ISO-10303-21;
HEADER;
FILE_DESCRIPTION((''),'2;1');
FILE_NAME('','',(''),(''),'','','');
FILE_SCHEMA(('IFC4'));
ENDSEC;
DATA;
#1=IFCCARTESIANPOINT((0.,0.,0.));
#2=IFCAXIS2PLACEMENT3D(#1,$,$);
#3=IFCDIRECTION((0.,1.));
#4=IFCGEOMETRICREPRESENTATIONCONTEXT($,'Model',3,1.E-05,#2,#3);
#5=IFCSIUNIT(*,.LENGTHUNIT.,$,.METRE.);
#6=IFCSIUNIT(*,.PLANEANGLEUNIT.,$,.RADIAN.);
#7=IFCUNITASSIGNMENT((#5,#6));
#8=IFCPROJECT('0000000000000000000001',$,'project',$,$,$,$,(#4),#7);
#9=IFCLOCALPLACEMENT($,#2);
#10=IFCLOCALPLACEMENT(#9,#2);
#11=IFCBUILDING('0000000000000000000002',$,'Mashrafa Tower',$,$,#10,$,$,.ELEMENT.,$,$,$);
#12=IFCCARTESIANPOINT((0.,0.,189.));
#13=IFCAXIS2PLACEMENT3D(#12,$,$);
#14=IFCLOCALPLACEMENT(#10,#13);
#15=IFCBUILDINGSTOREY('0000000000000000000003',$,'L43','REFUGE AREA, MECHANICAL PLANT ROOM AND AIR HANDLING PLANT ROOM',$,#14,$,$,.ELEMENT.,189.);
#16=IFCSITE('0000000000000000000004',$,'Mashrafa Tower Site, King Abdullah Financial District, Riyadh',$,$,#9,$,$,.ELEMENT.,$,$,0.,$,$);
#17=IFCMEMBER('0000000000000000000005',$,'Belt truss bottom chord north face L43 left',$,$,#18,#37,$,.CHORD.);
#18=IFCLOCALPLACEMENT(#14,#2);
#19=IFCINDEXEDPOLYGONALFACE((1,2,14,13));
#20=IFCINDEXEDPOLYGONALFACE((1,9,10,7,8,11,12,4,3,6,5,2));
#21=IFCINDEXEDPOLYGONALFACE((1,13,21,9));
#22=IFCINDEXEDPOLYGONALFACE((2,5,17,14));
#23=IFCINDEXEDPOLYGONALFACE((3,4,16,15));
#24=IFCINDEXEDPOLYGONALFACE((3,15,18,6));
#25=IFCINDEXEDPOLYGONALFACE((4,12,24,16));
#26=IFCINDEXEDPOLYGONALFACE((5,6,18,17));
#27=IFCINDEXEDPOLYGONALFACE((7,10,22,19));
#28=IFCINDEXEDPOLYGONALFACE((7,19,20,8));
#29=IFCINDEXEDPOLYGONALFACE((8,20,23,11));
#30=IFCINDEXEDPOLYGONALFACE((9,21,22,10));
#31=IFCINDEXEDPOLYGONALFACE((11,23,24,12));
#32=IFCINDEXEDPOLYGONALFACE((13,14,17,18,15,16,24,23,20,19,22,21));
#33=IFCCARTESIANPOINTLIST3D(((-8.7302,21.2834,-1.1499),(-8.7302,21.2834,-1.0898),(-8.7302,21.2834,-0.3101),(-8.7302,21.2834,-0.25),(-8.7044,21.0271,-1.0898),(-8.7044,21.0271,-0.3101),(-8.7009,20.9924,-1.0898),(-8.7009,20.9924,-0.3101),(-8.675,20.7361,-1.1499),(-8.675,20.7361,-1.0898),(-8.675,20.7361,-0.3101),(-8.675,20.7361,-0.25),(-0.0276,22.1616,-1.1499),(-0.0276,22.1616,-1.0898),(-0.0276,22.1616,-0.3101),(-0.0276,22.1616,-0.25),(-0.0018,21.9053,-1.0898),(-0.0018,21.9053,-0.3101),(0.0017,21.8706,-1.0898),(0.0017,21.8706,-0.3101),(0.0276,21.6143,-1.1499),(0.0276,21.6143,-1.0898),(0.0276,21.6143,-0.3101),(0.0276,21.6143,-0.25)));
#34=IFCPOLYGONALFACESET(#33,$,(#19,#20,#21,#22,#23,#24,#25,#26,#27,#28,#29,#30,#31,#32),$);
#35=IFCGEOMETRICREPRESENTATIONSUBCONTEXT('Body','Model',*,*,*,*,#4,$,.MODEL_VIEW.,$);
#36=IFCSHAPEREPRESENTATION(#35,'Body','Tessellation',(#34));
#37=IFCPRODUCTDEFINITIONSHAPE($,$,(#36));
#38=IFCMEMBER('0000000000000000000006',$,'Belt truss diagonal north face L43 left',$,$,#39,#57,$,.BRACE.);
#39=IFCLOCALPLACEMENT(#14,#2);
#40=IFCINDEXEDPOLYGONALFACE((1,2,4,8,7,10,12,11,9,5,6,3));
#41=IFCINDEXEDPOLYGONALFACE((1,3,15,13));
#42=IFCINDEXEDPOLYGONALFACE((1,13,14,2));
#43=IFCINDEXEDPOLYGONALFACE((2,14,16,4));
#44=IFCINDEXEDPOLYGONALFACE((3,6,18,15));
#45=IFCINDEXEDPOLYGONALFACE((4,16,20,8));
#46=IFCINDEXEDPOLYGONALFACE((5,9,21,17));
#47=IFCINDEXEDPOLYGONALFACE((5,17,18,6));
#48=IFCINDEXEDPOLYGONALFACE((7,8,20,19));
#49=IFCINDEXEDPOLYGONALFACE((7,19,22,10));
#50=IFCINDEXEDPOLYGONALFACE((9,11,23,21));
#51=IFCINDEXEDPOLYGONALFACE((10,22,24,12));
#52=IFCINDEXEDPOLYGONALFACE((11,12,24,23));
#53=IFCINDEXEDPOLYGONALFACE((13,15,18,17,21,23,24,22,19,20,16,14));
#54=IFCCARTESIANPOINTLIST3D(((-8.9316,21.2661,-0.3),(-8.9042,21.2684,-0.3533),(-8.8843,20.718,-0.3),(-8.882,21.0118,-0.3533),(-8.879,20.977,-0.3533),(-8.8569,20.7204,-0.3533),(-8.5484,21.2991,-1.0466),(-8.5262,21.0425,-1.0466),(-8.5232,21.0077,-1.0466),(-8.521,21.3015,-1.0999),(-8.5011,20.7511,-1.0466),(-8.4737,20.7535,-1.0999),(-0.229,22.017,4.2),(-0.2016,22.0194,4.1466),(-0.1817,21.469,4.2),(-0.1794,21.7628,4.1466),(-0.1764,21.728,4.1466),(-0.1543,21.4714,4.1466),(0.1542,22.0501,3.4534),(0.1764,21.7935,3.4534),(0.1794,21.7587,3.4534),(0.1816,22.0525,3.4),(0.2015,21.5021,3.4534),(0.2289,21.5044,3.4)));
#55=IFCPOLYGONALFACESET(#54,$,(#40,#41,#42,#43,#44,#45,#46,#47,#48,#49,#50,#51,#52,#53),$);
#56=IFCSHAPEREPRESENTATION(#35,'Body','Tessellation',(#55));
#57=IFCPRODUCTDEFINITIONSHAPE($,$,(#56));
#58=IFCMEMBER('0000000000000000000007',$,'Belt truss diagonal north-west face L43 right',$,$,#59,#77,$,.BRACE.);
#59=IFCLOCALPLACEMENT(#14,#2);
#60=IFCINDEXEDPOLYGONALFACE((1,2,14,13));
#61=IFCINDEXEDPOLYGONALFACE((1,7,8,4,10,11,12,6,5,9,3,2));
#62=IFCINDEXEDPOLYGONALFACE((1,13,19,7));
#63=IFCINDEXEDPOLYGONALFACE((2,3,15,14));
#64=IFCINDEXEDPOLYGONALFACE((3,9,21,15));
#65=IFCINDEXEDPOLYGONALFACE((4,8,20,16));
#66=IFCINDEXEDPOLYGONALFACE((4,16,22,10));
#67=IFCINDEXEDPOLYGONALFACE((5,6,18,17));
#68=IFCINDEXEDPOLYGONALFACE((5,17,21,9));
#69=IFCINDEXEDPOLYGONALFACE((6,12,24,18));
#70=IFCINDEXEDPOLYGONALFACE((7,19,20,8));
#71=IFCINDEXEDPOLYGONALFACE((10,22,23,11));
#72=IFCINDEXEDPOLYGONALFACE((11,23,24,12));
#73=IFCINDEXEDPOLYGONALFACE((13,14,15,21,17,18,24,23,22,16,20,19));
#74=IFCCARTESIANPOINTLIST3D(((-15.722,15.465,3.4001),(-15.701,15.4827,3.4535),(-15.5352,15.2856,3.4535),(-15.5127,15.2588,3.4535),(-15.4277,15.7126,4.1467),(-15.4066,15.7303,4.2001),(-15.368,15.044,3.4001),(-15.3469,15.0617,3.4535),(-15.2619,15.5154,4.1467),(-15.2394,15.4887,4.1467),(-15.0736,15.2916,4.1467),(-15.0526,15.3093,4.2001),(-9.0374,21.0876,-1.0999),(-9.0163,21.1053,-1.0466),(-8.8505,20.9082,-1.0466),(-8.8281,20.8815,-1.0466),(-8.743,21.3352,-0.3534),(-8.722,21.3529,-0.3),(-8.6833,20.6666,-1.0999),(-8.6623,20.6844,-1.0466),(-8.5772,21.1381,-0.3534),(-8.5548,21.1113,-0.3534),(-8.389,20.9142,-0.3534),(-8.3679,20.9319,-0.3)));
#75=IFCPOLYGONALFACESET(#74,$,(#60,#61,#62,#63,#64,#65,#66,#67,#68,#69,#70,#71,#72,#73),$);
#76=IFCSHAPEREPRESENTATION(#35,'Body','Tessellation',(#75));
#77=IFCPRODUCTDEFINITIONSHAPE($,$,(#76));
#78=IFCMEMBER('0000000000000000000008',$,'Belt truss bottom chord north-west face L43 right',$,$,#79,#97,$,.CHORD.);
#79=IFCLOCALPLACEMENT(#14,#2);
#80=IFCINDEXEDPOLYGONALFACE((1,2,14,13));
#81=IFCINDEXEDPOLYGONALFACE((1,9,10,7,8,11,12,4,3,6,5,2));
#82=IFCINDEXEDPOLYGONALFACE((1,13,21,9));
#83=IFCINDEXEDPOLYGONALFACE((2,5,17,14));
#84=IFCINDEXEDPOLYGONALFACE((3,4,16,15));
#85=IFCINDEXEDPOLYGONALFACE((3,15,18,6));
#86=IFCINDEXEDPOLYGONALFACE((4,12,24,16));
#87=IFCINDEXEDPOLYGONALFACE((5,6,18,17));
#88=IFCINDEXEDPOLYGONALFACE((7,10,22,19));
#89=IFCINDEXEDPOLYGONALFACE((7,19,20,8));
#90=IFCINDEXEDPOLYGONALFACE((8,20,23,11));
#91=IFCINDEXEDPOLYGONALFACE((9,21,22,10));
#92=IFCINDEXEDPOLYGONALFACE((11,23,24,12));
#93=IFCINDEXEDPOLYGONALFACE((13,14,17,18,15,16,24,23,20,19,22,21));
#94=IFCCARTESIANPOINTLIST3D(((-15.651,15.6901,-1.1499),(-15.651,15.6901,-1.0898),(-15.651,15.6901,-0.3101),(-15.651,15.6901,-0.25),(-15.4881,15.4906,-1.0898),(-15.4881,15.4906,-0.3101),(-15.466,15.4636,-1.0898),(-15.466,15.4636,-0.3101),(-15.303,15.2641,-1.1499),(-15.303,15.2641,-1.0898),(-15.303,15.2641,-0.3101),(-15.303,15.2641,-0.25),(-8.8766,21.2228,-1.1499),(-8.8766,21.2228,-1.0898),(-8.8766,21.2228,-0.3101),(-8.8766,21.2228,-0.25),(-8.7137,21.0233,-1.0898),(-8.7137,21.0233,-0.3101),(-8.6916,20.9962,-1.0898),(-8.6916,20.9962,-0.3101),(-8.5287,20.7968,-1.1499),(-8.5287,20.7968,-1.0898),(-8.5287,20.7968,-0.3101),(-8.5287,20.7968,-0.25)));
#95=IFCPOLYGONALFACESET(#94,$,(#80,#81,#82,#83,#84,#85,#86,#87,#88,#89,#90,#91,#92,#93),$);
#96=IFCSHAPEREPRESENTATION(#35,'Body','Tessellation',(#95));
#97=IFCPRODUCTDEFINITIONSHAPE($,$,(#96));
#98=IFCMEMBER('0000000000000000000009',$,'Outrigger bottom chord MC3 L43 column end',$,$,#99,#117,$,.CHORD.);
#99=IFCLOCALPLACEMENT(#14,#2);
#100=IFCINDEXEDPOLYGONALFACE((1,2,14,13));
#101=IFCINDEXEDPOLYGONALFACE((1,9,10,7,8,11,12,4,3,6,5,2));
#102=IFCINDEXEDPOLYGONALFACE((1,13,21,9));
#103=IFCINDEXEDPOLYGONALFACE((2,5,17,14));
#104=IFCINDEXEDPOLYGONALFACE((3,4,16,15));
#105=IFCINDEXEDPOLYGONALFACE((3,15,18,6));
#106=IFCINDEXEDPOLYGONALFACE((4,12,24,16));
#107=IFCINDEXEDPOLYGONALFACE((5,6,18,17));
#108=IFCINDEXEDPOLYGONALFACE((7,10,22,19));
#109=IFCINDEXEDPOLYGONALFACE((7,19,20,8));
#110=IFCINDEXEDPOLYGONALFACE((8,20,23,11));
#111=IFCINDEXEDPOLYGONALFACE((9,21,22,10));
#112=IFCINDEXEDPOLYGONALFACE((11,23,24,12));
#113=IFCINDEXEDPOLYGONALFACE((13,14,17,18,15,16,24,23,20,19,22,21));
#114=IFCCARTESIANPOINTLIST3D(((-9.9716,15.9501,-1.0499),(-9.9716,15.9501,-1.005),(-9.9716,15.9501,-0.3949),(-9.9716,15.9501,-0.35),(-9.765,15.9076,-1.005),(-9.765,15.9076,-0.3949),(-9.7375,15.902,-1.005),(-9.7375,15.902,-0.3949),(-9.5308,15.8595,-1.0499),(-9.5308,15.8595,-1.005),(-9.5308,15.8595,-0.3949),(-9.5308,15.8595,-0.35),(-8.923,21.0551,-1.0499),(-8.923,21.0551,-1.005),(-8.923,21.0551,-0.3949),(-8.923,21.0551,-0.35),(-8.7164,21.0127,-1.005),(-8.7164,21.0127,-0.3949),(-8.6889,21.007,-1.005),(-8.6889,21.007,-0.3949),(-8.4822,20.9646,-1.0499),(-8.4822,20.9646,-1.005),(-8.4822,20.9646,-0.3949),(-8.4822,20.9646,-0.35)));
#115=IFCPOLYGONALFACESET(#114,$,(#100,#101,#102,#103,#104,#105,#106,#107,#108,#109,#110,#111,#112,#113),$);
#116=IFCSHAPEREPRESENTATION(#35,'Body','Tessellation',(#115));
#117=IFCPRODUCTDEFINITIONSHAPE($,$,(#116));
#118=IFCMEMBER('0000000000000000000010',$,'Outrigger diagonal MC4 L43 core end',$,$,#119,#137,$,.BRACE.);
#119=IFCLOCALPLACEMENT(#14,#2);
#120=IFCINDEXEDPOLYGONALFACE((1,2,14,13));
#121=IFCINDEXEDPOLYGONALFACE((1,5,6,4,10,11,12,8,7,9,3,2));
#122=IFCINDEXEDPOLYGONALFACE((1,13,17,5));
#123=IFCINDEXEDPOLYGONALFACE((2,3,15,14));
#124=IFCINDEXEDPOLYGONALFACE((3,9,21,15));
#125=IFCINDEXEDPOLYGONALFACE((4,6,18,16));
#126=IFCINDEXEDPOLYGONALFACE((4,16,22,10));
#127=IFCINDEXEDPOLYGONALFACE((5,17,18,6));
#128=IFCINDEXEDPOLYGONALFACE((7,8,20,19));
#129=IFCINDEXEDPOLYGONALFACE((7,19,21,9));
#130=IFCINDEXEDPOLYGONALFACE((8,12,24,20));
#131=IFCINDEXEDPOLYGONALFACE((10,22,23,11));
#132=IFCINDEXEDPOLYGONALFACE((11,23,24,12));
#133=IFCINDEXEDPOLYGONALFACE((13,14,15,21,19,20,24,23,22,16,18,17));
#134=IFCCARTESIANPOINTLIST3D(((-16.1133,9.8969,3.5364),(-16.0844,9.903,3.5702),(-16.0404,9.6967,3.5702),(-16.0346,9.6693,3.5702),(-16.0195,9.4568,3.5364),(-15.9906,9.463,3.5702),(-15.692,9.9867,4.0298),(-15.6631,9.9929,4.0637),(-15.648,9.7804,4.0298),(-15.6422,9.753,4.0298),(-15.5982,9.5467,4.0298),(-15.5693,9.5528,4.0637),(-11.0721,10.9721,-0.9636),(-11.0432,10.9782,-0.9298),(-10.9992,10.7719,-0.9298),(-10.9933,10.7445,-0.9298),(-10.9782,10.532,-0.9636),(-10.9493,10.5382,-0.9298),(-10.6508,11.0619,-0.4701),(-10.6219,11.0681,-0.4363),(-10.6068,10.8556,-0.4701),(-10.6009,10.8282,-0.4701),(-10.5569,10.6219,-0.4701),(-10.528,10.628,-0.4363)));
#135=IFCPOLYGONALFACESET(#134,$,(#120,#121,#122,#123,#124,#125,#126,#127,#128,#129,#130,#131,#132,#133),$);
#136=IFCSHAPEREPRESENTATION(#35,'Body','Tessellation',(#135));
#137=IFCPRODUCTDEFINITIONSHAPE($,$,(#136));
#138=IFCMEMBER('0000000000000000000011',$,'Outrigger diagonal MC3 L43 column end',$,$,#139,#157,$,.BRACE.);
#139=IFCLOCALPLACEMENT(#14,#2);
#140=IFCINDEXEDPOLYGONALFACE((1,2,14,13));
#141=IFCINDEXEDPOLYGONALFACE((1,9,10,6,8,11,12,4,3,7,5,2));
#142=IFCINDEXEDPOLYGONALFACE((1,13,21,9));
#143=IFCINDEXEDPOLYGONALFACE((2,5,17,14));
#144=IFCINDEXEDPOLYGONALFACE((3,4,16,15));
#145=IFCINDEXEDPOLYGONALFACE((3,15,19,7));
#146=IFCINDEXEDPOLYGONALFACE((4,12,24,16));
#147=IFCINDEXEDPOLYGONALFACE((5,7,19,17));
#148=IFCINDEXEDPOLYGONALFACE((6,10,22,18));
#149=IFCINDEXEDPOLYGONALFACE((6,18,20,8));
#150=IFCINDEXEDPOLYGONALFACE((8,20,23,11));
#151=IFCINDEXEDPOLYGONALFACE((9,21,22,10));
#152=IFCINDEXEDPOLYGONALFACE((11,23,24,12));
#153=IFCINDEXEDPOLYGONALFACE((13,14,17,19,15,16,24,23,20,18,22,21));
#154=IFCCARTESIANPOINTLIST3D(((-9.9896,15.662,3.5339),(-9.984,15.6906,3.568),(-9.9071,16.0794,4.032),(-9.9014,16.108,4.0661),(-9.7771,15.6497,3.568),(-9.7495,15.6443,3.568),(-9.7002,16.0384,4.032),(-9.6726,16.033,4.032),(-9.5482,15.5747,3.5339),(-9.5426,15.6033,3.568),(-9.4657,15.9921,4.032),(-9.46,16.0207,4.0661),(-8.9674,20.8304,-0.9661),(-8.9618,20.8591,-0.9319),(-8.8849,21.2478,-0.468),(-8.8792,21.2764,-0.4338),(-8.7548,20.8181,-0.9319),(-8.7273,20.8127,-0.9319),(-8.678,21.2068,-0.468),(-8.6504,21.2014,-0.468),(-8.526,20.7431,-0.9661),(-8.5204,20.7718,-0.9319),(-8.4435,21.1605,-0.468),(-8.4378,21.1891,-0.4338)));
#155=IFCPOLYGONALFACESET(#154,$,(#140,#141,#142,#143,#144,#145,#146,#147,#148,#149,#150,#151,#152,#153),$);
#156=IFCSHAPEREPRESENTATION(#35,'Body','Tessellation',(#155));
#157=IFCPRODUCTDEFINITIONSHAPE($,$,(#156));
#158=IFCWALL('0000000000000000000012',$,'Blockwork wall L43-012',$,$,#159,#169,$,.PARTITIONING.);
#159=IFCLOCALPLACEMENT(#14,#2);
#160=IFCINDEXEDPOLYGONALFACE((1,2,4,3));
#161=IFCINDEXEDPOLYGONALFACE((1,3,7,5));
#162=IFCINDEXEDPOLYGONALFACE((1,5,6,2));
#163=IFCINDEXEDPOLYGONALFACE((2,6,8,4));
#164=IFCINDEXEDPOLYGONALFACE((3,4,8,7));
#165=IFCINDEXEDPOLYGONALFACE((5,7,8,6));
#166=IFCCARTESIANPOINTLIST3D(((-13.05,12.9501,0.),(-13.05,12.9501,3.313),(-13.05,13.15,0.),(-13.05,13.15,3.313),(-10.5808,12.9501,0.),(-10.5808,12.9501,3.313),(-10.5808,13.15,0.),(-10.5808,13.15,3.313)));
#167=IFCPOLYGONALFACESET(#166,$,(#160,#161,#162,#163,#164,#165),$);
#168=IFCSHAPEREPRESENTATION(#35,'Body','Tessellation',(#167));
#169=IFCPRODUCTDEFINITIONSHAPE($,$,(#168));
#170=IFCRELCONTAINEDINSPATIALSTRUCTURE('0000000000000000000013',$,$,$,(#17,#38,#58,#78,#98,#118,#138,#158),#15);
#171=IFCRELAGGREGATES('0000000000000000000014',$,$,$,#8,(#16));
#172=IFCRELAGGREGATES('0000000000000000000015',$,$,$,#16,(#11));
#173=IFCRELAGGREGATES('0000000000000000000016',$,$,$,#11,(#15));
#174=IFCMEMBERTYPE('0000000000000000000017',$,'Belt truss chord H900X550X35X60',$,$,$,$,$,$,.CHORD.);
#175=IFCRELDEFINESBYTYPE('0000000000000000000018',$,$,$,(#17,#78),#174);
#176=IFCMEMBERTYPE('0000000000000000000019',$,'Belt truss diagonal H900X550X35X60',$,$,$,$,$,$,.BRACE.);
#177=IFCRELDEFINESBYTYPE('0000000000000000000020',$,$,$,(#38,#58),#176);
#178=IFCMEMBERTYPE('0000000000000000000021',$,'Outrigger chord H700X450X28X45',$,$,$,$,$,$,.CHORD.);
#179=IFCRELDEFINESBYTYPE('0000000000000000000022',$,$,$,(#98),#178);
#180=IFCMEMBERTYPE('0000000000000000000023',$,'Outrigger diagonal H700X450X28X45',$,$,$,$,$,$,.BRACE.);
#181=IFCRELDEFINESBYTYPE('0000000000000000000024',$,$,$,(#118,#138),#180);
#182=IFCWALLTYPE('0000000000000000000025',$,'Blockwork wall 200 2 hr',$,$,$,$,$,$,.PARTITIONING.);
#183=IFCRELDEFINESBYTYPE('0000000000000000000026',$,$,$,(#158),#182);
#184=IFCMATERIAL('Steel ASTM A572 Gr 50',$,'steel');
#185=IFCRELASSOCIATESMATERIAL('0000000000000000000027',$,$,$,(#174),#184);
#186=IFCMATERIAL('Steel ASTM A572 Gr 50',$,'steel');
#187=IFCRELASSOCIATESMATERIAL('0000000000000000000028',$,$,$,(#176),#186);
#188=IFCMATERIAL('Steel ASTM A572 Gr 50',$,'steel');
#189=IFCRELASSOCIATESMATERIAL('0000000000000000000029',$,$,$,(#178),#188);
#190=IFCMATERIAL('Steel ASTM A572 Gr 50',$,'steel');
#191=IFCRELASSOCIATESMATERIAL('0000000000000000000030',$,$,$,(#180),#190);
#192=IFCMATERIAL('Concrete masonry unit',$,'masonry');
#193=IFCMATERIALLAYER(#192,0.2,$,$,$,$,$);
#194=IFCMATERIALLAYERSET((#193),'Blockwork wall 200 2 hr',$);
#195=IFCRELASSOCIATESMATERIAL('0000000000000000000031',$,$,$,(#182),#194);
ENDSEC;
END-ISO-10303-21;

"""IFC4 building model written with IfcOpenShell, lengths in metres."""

from ifc_helpers import new_model, si_unit, direction, frame, frame_2d, origin, origin_2d, place, context, subcontext, project, spatial, rectangle, i_section, extrude, source, transform, mapped, material, layer, layer_set, material_profile, profile_set, type_object, type_shapes, element, save


model = new_model("IFC4")

# Units and contexts
model_context = context("Model", 3, precision=1e-05, world=origin(), true_north=direction((0.0, 1.0)))
body_context = subcontext(model_context, "Body", "Model", "MODEL_VIEW")
ifc_project = project(units=[si_unit("LENGTHUNIT", "METRE"), si_unit("PLANEANGLEUNIT", "RADIAN")], contexts=[model_context])

# Site, building, storey
site_placement = place(None, origin())
site = spatial("IfcSite", under=ifc_project, at=site_placement, Name="Mashrafa Tower Site, King Abdullah Financial District, Riyadh", CompositionType="ELEMENT", RefElevation=0.0)
building_placement = place(site_placement, origin())
building = spatial("IfcBuilding", under=site, at=building_placement, Name="Mashrafa Tower", CompositionType="ELEMENT")
storey_placement = place(building_placement, frame((0.0, 0.0, 189.0)))
storey = spatial("IfcBuildingStorey", under=building, at=storey_placement, Name="L43", Description="REFUGE AREA, MECHANICAL PLANT ROOM AND AIR HANDLING PLANT ROOM", CompositionType="ELEMENT", Elevation=189.0)

# Members
ifc_material_1 = material(Name="Steel ASTM A572 Gr 50", Category="steel")
ifc_material_profile_1 = material_profile(ifc_material_1, i_section(OverallWidth=0.55, OverallDepth=0.8999, WebThickness=0.0349, FlangeThickness=0.0601, at=origin_2d()), Name="H900X550X35X60")
ifc_profile_set_1 = profile_set([ifc_material_profile_1], Name="Steel ASTM A572 Gr 50")
member_type_1 = type_object("IfcMemberType", Name="Belt truss chord H900X550X35X60", PredefinedType="CHORD", material=ifc_profile_set_1)
shared_shape_1 = source(origin(), body_context, "Body", "SweptSolid", [
    extrude(i_section(OverallWidth=0.55, OverallDepth=0.8999, WebThickness=0.0349, FlangeThickness=0.0601, at=origin_2d()), origin(), (0.0, 0.0, 1.0), 8.7468),
])
member_1_placement = place(storey_placement, frame((-8.7026, 21.0098, -0.7), z_axis=(0.994947, 0.100399, 0.0), x_axis=(-0.100399, 0.994947, 0.0)))
element("IfcMember", 1, at=member_1_placement, inside=storey, type_object=member_type_1, Name="Belt truss bottom chord north face L43 left", PredefinedType="CHORD", context=body_context, shape_type="MappedRepresentation", body=[
    mapped(shared_shape_1, transform((0.0, 0.0, 0.0))),
])
ifc_material_2 = material(Name="Steel ASTM A572 Gr 50", Category="steel")
ifc_material_profile_2 = material_profile(ifc_material_2, i_section(OverallWidth=0.55, OverallDepth=0.8999, WebThickness=0.0349, FlangeThickness=0.0601, at=origin_2d()), Name="H900X550X35X60")
ifc_profile_set_2 = profile_set([ifc_material_profile_2], Name="Steel ASTM A572 Gr 50")
member_type_2 = type_object("IfcMemberType", Name="Belt truss diagonal H900X550X35X60", PredefinedType="BRACE", material=ifc_profile_set_2)
shared_shape_2 = source(origin(), body_context, "Body", "SweptSolid", [
    extrude(i_section(OverallWidth=0.55, OverallDepth=0.8999, WebThickness=0.0349, FlangeThickness=0.0601, at=origin_2d()), origin(), (0.0, 0.0, 1.0), 9.8259),
])
type_shapes(member_type_2, [shared_shape_2])
for number, where, z_axis, x_axis, name in (
    (2, (-8.7026, 21.0098, -0.7), (0.885676, 0.076428, 0.45797), (-0.085973, 0.996297, 0.0), "Belt truss diagonal north face L43 left"),
    (3, (-8.7026, 21.0098, -0.7), (-0.680307, -0.572223, 0.457977), (0.643697, -0.765281, 0.0), "Belt truss diagonal north-west face L43 right"),
):
    element("IfcMember", number, at=place(storey_placement, frame(where, z_axis=z_axis, x_axis=x_axis)), inside=storey, type_object=member_type_2, Name=name, PredefinedType="BRACE", context=body_context, shape_type="MappedRepresentation", body=[
        mapped(shared_shape_2, transform((0.0, 0.0, 0.0))),
    ])
shared_shape_3 = source(origin(), body_context, "Body", "SweptSolid", [
    extrude(i_section(OverallWidth=0.55, OverallDepth=0.8999, WebThickness=0.0349, FlangeThickness=0.0601, at=origin_2d()), origin(), (0.0, 0.0, 1.0), 8.7466),
])
type_shapes(member_type_1, [shared_shape_1, shared_shape_3])
member_2_placement = place(storey_placement, frame((-8.7026, 21.0098, -0.7), z_axis=(-0.774517, -0.632554, 0.0), x_axis=(0.632554, -0.774517, 0.0)))
element("IfcMember", 4, at=member_2_placement, inside=storey, type_object=member_type_1, Name="Belt truss bottom chord north-west face L43 right", PredefinedType="CHORD", context=body_context, shape_type="MappedRepresentation", body=[
    mapped(shared_shape_3, transform((0.0, 0.0, 0.0))),
])
ifc_material_3 = material(Name="Steel ASTM A572 Gr 50", Category="steel")
ifc_material_profile_3 = material_profile(ifc_material_3, i_section(OverallWidth=0.45, OverallDepth=0.7, WebThickness=0.0281, FlangeThickness=0.0449, at=origin_2d()), Name="H700X450X28X45")
ifc_profile_set_3 = profile_set([ifc_material_profile_3], Name="Steel ASTM A572 Gr 50")
member_type_3 = type_object("IfcMemberType", Name="Outrigger chord H700X450X28X45", PredefinedType="CHORD", material=ifc_profile_set_3)
shared_shape_4 = source(origin(), body_context, "Body", "SweptSolid", [
    extrude(i_section(OverallWidth=0.45, OverallDepth=0.7, WebThickness=0.0281, FlangeThickness=0.0449, at=origin_2d()), origin(), (0.0, 0.0, 1.0), 5.2117),
])
type_shapes(member_type_3, [shared_shape_4])
member_3_placement = place(storey_placement, frame((-9.7512, 15.9048, -0.7), z_axis=(0.201203, 0.979549, 0.0), x_axis=(-0.979549, 0.201203, 0.0)))
element("IfcMember", 5, at=member_3_placement, inside=storey, type_object=member_type_3, Name="Outrigger bottom chord MC3 L43 column end", PredefinedType="CHORD", context=body_context, shape_type="MappedRepresentation", body=[
    mapped(shared_shape_4, transform((0.0, 0.0, 0.0))),
])
ifc_material_4 = material(Name="Steel ASTM A572 Gr 50", Category="steel")
ifc_material_profile_4 = material_profile(ifc_material_4, i_section(OverallWidth=0.45, OverallDepth=0.7, WebThickness=0.0281, FlangeThickness=0.0449, at=origin_2d()), Name="H700X450X28X45")
ifc_profile_set_4 = profile_set([ifc_material_profile_4], Name="Steel ASTM A572 Gr 50")
member_type_4 = type_object("IfcMemberType", Name="Outrigger diagonal H700X450X28X45", PredefinedType="BRACE", material=ifc_profile_set_4)
shared_shape_5 = source(origin(), body_context, "Body", "SweptSolid", [
    extrude(i_section(OverallWidth=0.45, OverallDepth=0.7, WebThickness=0.0281, FlangeThickness=0.0449, at=origin_2d()), origin(), (0.0, 0.0, 1.0), 6.8425),
])
member_4_placement = place(storey_placement, frame((-10.8, 10.8, -0.7), z_axis=(-0.736753, -0.157134, 0.657651), x_axis=(0.208588, -0.978004, 0.0)))
element("IfcMember", 6, at=member_4_placement, inside=storey, type_object=member_type_4, Name="Outrigger diagonal MC4 L43 core end", PredefinedType="BRACE", context=body_context, shape_type="MappedRepresentation", body=[
    mapped(shared_shape_5, transform((0.0, 0.0, 0.0))),
])
shared_shape_6 = source(origin(), body_context, "Body", "SweptSolid", [
    extrude(i_section(OverallWidth=0.45, OverallDepth=0.7, WebThickness=0.0281, FlangeThickness=0.0449, at=origin_2d()), origin(), (0.0, 0.0, 1.0), 6.9287),
])
type_shapes(member_type_4, [shared_shape_5, shared_shape_6])
member_5_placement = place(storey_placement, frame((-8.7026, 21.0098, -0.7), z_axis=(-0.147532, -0.745941, 0.649466), x_axis=(0.980997, -0.194022, 0.0)))
element("IfcMember", 7, at=member_5_placement, inside=storey, type_object=member_type_4, Name="Outrigger diagonal MC3 L43 column end", PredefinedType="BRACE", context=body_context, shape_type="MappedRepresentation", body=[
    mapped(shared_shape_6, transform((0.0, 0.0, 0.0))),
])

# Wall
ifc_material_5 = material(Name="Concrete masonry unit", Category="masonry")
ifc_layer_1 = layer(ifc_material_5, 0.2)
ifc_layer_set_1 = layer_set([ifc_layer_1], Name="Blockwork wall 200 2 hr")
wall_type = type_object("IfcWallType", Name="Blockwork wall 200 2 hr", PredefinedType="PARTITIONING", material=ifc_layer_set_1)
wall_placement = place(storey_placement, frame((-10.5808, 13.05, 0.0), z_axis=(0.0, 0.0, 1.0), x_axis=(-1.0, 0.0, 0.0)))
element("IfcWall", 8, at=wall_placement, inside=storey, type_object=wall_type, Name="Blockwork wall L43-012", PredefinedType="PARTITIONING", context=body_context, shape_type="SweptSolid", body=[
    extrude(rectangle(XDim=2.4692, YDim=0.2, at=frame_2d((1.2346, 0.0))), origin(), (0.0, 0.0, 1.0), 3.313),
])

save(model, "model.ifc")
